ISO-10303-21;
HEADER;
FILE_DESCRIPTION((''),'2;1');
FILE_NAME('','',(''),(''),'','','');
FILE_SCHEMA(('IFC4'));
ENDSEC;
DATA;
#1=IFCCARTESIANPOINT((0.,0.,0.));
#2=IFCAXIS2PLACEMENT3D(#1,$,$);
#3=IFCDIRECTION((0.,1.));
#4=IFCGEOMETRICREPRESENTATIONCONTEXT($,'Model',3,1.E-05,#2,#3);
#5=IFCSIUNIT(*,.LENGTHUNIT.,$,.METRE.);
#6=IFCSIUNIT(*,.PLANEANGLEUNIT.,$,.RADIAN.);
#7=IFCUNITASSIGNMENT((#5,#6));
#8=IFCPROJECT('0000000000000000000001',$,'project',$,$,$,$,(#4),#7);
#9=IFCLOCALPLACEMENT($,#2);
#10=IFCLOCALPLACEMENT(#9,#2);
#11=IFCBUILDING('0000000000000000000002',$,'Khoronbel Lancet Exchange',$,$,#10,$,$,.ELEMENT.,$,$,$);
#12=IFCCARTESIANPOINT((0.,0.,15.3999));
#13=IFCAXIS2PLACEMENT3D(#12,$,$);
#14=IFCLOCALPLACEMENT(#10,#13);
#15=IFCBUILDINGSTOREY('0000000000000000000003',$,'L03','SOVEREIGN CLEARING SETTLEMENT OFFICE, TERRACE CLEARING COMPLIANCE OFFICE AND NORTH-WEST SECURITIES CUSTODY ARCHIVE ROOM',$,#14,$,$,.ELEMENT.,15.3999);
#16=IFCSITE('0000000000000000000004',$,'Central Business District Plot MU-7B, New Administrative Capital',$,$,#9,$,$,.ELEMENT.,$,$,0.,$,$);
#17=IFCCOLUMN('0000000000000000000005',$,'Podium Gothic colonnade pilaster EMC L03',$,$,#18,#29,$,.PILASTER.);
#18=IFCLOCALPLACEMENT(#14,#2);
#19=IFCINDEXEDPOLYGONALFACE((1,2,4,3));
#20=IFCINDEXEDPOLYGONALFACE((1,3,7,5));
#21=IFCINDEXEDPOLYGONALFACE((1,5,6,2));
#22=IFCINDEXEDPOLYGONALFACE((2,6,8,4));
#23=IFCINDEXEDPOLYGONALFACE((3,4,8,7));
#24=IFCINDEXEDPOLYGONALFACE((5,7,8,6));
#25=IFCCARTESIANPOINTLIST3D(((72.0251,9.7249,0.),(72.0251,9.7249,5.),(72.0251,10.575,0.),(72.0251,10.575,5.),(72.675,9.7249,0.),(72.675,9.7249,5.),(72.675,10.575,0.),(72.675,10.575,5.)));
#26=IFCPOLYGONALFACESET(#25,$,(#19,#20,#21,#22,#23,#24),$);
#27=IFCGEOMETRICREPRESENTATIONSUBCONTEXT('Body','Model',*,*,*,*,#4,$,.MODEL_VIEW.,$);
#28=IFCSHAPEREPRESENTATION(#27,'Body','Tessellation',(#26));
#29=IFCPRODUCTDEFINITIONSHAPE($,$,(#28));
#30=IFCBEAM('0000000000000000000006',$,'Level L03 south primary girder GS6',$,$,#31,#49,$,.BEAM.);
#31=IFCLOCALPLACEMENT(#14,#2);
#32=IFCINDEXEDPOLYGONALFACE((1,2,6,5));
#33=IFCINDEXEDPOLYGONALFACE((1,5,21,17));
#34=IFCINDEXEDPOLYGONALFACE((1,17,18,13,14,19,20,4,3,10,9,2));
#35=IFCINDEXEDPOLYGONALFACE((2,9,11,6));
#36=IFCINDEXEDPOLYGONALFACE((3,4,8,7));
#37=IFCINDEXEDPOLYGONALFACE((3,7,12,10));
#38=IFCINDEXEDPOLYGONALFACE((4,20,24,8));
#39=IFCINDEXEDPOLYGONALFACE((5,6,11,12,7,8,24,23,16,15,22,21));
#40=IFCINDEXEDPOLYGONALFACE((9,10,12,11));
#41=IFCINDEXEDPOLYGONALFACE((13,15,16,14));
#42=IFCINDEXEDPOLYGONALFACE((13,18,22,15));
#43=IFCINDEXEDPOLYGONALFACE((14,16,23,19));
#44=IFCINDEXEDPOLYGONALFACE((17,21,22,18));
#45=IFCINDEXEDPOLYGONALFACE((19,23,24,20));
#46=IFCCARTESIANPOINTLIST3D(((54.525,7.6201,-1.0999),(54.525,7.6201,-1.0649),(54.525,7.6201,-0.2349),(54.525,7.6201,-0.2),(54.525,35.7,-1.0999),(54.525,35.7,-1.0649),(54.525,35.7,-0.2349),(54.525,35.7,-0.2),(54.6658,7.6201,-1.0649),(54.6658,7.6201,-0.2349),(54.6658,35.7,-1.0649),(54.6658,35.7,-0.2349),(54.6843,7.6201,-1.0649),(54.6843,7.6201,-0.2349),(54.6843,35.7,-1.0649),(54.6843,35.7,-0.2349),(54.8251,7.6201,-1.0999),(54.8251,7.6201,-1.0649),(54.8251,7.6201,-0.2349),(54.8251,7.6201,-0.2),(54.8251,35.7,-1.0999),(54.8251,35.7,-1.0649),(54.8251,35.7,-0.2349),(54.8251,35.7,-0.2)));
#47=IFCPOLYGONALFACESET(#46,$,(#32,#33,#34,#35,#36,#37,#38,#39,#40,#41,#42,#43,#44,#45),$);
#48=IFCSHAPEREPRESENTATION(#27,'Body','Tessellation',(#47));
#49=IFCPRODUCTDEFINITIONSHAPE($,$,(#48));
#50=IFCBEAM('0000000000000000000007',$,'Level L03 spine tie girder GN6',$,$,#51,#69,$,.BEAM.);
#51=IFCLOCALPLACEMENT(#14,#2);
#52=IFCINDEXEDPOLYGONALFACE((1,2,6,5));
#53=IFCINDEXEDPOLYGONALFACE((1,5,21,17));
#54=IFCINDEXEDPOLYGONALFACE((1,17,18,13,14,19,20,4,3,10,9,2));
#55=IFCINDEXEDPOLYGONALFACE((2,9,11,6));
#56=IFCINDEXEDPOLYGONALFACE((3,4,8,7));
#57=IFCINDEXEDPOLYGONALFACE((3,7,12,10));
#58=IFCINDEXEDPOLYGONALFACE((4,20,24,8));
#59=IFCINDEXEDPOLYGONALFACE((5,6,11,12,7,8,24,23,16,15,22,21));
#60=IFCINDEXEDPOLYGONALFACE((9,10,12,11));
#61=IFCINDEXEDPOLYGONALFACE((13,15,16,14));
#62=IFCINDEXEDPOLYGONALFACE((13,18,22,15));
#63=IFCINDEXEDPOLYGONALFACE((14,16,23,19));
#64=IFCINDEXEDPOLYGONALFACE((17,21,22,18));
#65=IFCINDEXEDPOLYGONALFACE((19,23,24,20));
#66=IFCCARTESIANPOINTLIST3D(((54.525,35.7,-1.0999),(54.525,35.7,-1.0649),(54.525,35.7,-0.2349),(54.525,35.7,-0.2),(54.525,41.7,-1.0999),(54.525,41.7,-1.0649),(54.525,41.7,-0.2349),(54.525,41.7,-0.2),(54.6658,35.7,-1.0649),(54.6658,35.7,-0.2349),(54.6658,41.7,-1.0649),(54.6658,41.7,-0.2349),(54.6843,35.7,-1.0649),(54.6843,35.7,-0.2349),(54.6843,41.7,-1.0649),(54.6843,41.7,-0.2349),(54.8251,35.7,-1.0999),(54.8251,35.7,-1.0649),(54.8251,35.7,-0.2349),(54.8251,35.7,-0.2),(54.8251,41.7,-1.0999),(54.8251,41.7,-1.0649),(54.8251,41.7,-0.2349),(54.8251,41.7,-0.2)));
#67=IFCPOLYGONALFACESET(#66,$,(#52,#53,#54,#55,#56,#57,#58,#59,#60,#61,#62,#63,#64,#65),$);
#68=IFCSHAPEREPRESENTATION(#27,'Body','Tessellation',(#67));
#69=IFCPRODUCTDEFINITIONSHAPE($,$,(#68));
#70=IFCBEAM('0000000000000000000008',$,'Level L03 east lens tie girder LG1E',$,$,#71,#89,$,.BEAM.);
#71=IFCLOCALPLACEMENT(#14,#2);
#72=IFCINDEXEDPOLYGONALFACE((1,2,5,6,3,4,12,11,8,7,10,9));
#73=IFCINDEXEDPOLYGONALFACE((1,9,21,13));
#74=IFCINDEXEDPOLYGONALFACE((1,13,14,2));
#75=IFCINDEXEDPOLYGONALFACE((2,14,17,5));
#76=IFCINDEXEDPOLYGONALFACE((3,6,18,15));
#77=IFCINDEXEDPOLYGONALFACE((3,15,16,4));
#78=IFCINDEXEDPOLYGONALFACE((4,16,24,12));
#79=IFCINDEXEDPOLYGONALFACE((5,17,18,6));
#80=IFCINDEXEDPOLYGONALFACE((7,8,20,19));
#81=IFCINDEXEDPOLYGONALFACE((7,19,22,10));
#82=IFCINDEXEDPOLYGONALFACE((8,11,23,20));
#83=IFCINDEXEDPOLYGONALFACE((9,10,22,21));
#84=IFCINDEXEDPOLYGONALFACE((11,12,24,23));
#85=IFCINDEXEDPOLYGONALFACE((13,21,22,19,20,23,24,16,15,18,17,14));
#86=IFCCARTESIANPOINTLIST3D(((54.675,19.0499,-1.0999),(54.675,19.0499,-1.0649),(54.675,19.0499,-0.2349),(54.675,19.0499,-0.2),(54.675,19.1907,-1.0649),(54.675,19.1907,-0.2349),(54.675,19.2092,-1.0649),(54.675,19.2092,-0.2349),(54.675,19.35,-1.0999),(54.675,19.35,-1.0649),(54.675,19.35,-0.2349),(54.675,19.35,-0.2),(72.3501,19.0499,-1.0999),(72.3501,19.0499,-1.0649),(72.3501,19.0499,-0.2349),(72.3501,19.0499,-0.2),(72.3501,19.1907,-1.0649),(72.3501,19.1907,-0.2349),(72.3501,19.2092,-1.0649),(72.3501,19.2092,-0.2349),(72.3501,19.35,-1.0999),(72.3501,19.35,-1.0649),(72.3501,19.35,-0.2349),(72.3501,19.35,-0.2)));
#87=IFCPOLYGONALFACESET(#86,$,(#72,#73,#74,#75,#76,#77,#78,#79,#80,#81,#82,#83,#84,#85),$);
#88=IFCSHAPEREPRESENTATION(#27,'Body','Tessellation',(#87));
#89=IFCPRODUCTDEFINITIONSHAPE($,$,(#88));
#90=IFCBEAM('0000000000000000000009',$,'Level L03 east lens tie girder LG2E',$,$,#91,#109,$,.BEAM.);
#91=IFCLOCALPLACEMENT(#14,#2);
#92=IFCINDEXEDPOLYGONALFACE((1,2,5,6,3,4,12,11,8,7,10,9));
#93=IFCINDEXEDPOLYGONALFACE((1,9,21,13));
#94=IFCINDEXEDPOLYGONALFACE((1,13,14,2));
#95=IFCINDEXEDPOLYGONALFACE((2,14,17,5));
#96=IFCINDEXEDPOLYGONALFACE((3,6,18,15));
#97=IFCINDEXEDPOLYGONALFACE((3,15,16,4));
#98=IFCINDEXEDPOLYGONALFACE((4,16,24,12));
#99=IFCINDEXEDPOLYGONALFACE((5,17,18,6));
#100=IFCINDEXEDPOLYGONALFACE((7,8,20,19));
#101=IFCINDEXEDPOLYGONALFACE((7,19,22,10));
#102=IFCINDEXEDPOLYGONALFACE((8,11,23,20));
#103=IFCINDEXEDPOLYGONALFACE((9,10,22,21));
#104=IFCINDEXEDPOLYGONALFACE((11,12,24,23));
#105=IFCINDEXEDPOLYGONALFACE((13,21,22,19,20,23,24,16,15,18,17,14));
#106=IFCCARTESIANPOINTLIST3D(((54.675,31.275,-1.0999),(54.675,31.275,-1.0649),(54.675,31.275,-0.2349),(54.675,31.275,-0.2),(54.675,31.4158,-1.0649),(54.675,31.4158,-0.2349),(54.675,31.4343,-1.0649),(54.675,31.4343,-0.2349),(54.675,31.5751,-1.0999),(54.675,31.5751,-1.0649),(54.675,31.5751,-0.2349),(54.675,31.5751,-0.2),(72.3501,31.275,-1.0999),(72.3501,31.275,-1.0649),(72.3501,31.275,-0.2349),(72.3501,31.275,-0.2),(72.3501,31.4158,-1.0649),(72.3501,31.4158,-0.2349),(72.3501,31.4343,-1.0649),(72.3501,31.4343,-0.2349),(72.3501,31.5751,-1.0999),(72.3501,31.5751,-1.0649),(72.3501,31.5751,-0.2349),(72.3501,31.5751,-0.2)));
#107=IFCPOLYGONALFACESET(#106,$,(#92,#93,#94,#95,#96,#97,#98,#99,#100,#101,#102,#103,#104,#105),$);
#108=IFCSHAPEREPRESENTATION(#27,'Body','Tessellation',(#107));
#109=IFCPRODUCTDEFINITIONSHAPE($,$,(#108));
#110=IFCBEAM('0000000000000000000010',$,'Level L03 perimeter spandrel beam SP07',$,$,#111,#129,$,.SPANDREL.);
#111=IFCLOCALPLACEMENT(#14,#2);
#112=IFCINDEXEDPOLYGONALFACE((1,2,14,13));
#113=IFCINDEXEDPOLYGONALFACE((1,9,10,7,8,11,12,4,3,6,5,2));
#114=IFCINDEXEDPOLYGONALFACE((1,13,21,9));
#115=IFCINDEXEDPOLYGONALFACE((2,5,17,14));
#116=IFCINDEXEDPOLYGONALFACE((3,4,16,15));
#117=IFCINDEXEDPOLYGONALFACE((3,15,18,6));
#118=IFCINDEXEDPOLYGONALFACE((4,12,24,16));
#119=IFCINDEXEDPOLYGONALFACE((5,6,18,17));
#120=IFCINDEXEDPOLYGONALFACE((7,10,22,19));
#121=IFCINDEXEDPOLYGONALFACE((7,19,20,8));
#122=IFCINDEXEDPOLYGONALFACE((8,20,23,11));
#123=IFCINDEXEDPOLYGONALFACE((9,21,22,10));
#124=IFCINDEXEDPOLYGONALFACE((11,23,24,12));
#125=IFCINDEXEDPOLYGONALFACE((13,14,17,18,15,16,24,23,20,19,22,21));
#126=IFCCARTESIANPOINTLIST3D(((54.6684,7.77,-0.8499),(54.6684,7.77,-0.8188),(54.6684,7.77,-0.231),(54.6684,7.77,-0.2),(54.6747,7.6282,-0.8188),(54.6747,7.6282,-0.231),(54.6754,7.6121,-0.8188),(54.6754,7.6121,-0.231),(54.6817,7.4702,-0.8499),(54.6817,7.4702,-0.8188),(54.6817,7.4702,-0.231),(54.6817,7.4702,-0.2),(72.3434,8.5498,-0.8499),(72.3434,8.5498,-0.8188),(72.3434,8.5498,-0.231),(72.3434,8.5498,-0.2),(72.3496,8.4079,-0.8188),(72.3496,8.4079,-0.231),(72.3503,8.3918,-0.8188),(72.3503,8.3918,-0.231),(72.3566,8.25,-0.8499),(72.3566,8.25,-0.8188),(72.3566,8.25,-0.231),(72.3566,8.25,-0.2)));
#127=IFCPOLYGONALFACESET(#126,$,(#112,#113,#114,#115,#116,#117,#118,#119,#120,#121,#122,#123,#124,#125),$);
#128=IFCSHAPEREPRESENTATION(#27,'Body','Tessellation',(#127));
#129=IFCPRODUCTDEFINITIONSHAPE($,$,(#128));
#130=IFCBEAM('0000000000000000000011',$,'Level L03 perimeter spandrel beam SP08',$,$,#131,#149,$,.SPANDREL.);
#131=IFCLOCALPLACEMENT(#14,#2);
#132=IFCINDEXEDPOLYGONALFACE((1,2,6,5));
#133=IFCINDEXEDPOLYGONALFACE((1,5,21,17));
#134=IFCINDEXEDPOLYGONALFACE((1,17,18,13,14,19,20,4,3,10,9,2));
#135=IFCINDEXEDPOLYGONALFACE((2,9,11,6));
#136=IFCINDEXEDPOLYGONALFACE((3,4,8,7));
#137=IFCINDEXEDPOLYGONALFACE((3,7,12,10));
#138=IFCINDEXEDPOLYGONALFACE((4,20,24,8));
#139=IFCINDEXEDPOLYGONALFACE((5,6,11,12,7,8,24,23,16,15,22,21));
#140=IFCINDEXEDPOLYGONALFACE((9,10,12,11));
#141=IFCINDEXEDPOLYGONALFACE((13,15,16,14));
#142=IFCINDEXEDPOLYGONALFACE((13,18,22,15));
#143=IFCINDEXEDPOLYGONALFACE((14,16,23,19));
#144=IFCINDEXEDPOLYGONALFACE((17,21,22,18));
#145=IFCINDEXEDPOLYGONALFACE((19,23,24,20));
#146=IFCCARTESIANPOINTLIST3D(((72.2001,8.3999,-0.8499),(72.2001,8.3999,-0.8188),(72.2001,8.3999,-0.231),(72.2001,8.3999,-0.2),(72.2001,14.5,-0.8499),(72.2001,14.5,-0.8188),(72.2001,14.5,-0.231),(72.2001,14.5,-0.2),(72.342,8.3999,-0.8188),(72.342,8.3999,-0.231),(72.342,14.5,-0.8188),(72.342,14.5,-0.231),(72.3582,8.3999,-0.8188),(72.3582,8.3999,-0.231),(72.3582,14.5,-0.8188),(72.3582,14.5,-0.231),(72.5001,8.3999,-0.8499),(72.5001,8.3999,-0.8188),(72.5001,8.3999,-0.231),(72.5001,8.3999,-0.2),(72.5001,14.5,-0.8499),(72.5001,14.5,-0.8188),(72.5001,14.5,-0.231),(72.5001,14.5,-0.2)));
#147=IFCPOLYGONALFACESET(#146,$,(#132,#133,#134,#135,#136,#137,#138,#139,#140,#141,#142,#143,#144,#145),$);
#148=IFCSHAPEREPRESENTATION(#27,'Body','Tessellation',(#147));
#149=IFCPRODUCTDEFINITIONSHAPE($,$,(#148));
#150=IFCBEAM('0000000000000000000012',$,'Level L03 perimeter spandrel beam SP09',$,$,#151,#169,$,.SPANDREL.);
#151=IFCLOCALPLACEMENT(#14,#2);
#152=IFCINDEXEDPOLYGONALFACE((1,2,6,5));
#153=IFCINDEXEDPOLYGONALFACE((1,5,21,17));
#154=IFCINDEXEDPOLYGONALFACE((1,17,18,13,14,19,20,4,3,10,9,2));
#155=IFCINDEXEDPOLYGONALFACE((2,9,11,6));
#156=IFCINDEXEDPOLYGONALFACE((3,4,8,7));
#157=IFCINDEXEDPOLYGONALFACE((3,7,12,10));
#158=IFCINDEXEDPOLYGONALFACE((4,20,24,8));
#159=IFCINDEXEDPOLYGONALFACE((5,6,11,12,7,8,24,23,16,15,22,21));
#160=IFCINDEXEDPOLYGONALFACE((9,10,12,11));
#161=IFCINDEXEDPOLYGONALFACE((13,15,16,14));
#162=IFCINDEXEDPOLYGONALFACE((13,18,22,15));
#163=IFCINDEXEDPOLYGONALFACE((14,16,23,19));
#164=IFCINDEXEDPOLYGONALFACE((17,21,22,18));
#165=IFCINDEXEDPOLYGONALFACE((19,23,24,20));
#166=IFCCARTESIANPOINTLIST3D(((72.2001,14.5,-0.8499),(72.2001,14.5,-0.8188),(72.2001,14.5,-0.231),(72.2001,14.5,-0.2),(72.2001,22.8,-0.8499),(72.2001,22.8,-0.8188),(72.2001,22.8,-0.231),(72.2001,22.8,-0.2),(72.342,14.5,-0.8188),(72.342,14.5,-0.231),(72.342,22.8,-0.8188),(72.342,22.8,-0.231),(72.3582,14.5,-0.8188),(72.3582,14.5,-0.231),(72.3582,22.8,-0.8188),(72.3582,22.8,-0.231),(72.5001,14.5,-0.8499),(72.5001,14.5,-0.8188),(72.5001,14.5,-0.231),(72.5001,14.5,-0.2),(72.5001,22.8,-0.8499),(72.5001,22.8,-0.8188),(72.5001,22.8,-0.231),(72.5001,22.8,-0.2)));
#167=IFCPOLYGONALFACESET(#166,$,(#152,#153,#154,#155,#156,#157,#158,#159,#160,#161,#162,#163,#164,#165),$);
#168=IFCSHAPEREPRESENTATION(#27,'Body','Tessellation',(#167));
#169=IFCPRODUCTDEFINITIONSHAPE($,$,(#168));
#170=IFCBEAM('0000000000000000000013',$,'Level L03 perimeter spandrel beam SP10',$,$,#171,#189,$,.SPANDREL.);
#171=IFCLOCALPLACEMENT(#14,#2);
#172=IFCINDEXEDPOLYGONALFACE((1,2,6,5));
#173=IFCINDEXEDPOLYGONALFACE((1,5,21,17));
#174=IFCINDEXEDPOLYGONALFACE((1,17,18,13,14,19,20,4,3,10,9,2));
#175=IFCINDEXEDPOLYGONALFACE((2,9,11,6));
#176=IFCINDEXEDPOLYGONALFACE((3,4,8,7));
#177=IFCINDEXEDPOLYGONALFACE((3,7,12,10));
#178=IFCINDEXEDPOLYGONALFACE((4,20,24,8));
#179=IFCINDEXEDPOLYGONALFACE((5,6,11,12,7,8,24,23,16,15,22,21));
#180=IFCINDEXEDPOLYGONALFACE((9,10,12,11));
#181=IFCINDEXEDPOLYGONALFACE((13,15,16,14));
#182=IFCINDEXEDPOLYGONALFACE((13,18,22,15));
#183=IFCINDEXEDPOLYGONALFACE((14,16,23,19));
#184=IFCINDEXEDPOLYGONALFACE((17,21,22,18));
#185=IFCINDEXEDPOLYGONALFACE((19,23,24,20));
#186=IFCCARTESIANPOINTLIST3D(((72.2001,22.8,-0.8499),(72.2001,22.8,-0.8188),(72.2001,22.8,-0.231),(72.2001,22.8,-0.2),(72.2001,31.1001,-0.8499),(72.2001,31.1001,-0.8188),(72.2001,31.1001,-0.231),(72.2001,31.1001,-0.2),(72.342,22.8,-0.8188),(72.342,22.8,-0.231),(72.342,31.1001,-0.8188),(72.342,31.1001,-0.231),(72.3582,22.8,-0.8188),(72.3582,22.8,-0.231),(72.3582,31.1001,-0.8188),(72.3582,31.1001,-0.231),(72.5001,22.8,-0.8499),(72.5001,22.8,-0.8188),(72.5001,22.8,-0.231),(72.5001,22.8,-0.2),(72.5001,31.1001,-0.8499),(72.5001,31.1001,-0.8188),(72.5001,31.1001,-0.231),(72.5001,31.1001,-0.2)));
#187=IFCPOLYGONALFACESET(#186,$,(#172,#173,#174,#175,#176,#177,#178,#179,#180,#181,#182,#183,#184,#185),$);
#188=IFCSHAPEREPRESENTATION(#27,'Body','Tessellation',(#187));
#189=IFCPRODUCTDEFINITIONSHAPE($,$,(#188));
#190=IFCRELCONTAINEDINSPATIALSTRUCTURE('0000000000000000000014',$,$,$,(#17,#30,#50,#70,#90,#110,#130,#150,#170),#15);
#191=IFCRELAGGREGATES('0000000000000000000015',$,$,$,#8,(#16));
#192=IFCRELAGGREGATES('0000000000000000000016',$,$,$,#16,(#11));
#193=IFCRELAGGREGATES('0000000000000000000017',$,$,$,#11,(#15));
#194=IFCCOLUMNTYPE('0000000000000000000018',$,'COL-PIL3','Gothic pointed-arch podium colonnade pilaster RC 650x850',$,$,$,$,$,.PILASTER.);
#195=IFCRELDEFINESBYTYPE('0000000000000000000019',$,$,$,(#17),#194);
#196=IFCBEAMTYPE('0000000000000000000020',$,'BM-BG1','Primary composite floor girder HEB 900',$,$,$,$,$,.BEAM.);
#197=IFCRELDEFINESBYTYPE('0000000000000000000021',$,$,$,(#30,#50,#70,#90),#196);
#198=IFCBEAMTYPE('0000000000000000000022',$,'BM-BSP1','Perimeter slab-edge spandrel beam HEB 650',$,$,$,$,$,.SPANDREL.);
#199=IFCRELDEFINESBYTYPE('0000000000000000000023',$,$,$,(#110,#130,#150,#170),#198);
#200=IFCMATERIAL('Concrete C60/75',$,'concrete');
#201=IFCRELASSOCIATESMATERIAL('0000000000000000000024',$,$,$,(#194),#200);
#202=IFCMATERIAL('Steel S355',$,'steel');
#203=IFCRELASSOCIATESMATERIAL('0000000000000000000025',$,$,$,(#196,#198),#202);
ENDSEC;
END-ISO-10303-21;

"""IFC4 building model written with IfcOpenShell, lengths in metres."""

from ifc_helpers import new_model, si_unit, direction, frame, origin, origin_2d, place, context, subcontext, project, spatial, rectangle, i_section, extrude, material, material_profile, profile_set, type_object, element, save


model = new_model("IFC4")

# Units and contexts
model_context = context("Model", 3, precision=1e-05, world=origin(), true_north=direction((0.0, 1.0)))
body_context = subcontext(model_context, "Body", "Model", "MODEL_VIEW")
ifc_project = project(units=[si_unit("LENGTHUNIT", "METRE"), si_unit("PLANEANGLEUNIT", "RADIAN")], contexts=[model_context])

# Site, building, storey
site_placement = place(None, origin())
site = spatial("IfcSite", under=ifc_project, at=site_placement, Name="Central Business District Plot MU-7B, New Administrative Capital", CompositionType="ELEMENT", RefElevation=0.0)
building_placement = place(site_placement, origin())
building = spatial("IfcBuilding", under=site, at=building_placement, Name="Khoronbel Lancet Exchange", CompositionType="ELEMENT")
storey_placement = place(building_placement, frame((0.0, 0.0, 15.3999)))
storey = spatial("IfcBuildingStorey", under=building, at=storey_placement, Name="L03", Description="SOVEREIGN CLEARING SETTLEMENT OFFICE, TERRACE CLEARING COMPLIANCE OFFICE AND NORTH-WEST SECURITIES CUSTODY ARCHIVE ROOM", CompositionType="ELEMENT", Elevation=15.3999)

# Column
ifc_material_1 = material(Name="Steel S355", Category="steel")
ifc_material_2 = material(Name="Concrete C60/75", Category="concrete")
ifc_material_profile_1 = material_profile(ifc_material_2, rectangle(XDim=0.6499, YDim=0.8501, at=origin_2d()), Name="RC 650x850")
ifc_profile_set_1 = profile_set([ifc_material_profile_1], Name="Concrete C60/75")
column_type_1 = type_object("IfcColumnType", Name="COL-PIL3", Description="Gothic pointed-arch podium colonnade pilaster RC 650x850", PredefinedType="PILASTER", material=ifc_profile_set_1)
column_1_placement = place(storey_placement, frame((72.3501, 10.1499, 0.0), z_axis=(0.0, 0.0, 1.0), x_axis=(1.0, 0.0, 0.0)))
element("IfcColumn", 1, at=column_1_placement, inside=storey, type_object=column_type_1, Name="Podium Gothic colonnade pilaster EMC L03", PredefinedType="PILASTER", context=body_context, shape_type="SweptSolid", body=[
    extrude(rectangle(XDim=0.6499, YDim=0.8501, at=origin_2d()), origin(), (0.0, 0.0, 1.0), 5.0),
])

# Beams
ifc_material_profile_2 = material_profile(ifc_material_1, i_section(OverallWidth=0.3, OverallDepth=0.8999, WebThickness=0.0186, FlangeThickness=0.0349, at=origin_2d()), Name="HEB 900")
ifc_profile_set_2 = profile_set([ifc_material_profile_2], Name="Steel S355")
beam_type_1 = type_object("IfcBeamType", Name="BM-BG1", Description="Primary composite floor girder HEB 900", PredefinedType="BEAM", material=ifc_profile_set_2)
beam_1_placement = place(storey_placement, frame((54.675, 7.6201, -0.6499), z_axis=(0.0, 1.0, 0.0), x_axis=(-1.0, 0.0, 0.0)))
element("IfcBeam", 2, at=beam_1_placement, inside=storey, type_object=beam_type_1, Name="Level L03 south primary girder GS6", PredefinedType="BEAM", context=body_context, shape_type="SweptSolid", body=[
    extrude(i_section(OverallWidth=0.3, OverallDepth=0.8999, WebThickness=0.0186, FlangeThickness=0.0349, at=origin_2d()), origin(), (0.0, 0.0, 1.0), 28.0798),
])
beam_2_placement = place(storey_placement, frame((54.675, 35.7, -0.6499), z_axis=(0.0, 1.0, 0.0), x_axis=(-1.0, 0.0, 0.0)))
element("IfcBeam", 3, at=beam_2_placement, inside=storey, type_object=beam_type_1, Name="Level L03 spine tie girder GN6", PredefinedType="BEAM", context=body_context, shape_type="SweptSolid", body=[
    extrude(i_section(OverallWidth=0.3, OverallDepth=0.8999, WebThickness=0.0186, FlangeThickness=0.0349, at=origin_2d()), origin(), (0.0, 0.0, 1.0), 6.0),
])
for number, where, z_axis, x_axis, name in (
    (4, (54.675, 19.2, -0.6499), (1.0, 0.0, 0.0), (0.0, 1.0, 0.0), "Level L03 east lens tie girder LG1E"),
    (5, (54.675, 31.425, -0.6499), (1.0, 0.0, 0.0), (0.0, 1.0, 0.0), "Level L03 east lens tie girder LG2E"),
):
    element("IfcBeam", number, at=place(storey_placement, frame(where, z_axis=z_axis, x_axis=x_axis)), inside=storey, type_object=beam_type_1, Name=name, PredefinedType="BEAM", context=body_context, shape_type="SweptSolid", body=[
        extrude(i_section(OverallWidth=0.3, OverallDepth=0.8999, WebThickness=0.0186, FlangeThickness=0.0349, at=origin_2d()), origin(), (0.0, 0.0, 1.0), 17.675),
    ])
ifc_material_profile_3 = material_profile(ifc_material_1, i_section(OverallWidth=0.3, OverallDepth=0.6499, WebThickness=0.0161, FlangeThickness=0.031, at=origin_2d()), Name="HEB 650")
ifc_profile_set_3 = profile_set([ifc_material_profile_3], Name="Steel S355")
beam_type_2 = type_object("IfcBeamType", Name="BM-BSP1", Description="Perimeter slab-edge spandrel beam HEB 650", PredefinedType="SPANDREL", material=ifc_profile_set_3)
beam_3_placement = place(storey_placement, frame((54.675, 7.6201, -0.5249), z_axis=(0.999028, 0.044075, 0.0), x_axis=(-0.044075, 0.999028, 0.0)))
element("IfcBeam", 6, at=beam_3_placement, inside=storey, type_object=beam_type_2, Name="Level L03 perimeter spandrel beam SP07", PredefinedType="SPANDREL", context=body_context, shape_type="SweptSolid", body=[
    extrude(i_section(OverallWidth=0.3, OverallDepth=0.6499, WebThickness=0.0161, FlangeThickness=0.031, at=origin_2d()), origin(), (0.0, 0.0, 1.0), 17.6921),
])
beam_4_placement = place(storey_placement, frame((72.3501, 8.3999, -0.5249), z_axis=(0.0, 1.0, 0.0), x_axis=(-1.0, 0.0, 0.0)))
element("IfcBeam", 7, at=beam_4_placement, inside=storey, type_object=beam_type_2, Name="Level L03 perimeter spandrel beam SP08", PredefinedType="SPANDREL", context=body_context, shape_type="SweptSolid", body=[
    extrude(i_section(OverallWidth=0.3, OverallDepth=0.6499, WebThickness=0.0161, FlangeThickness=0.031, at=origin_2d()), origin(), (0.0, 0.0, 1.0), 6.1001),
])
for number, where, z_axis, x_axis, name in (
    (8, (72.3501, 14.5, -0.5249), (0.0, 1.0, 0.0), (-1.0, 0.0, 0.0), "Level L03 perimeter spandrel beam SP09"),
    (9, (72.3501, 22.8, -0.5249), (0.0, 1.0, 0.0), (-1.0, 0.0, 0.0), "Level L03 perimeter spandrel beam SP10"),
):
    element("IfcBeam", number, at=place(storey_placement, frame(where, z_axis=z_axis, x_axis=x_axis)), inside=storey, type_object=beam_type_2, Name=name, PredefinedType="SPANDREL", context=body_context, shape_type="SweptSolid", body=[
        extrude(i_section(OverallWidth=0.3, OverallDepth=0.6499, WebThickness=0.0161, FlangeThickness=0.031, at=origin_2d()), origin(), (0.0, 0.0, 1.0), 8.3),
    ])

save(model, "model.ifc")
